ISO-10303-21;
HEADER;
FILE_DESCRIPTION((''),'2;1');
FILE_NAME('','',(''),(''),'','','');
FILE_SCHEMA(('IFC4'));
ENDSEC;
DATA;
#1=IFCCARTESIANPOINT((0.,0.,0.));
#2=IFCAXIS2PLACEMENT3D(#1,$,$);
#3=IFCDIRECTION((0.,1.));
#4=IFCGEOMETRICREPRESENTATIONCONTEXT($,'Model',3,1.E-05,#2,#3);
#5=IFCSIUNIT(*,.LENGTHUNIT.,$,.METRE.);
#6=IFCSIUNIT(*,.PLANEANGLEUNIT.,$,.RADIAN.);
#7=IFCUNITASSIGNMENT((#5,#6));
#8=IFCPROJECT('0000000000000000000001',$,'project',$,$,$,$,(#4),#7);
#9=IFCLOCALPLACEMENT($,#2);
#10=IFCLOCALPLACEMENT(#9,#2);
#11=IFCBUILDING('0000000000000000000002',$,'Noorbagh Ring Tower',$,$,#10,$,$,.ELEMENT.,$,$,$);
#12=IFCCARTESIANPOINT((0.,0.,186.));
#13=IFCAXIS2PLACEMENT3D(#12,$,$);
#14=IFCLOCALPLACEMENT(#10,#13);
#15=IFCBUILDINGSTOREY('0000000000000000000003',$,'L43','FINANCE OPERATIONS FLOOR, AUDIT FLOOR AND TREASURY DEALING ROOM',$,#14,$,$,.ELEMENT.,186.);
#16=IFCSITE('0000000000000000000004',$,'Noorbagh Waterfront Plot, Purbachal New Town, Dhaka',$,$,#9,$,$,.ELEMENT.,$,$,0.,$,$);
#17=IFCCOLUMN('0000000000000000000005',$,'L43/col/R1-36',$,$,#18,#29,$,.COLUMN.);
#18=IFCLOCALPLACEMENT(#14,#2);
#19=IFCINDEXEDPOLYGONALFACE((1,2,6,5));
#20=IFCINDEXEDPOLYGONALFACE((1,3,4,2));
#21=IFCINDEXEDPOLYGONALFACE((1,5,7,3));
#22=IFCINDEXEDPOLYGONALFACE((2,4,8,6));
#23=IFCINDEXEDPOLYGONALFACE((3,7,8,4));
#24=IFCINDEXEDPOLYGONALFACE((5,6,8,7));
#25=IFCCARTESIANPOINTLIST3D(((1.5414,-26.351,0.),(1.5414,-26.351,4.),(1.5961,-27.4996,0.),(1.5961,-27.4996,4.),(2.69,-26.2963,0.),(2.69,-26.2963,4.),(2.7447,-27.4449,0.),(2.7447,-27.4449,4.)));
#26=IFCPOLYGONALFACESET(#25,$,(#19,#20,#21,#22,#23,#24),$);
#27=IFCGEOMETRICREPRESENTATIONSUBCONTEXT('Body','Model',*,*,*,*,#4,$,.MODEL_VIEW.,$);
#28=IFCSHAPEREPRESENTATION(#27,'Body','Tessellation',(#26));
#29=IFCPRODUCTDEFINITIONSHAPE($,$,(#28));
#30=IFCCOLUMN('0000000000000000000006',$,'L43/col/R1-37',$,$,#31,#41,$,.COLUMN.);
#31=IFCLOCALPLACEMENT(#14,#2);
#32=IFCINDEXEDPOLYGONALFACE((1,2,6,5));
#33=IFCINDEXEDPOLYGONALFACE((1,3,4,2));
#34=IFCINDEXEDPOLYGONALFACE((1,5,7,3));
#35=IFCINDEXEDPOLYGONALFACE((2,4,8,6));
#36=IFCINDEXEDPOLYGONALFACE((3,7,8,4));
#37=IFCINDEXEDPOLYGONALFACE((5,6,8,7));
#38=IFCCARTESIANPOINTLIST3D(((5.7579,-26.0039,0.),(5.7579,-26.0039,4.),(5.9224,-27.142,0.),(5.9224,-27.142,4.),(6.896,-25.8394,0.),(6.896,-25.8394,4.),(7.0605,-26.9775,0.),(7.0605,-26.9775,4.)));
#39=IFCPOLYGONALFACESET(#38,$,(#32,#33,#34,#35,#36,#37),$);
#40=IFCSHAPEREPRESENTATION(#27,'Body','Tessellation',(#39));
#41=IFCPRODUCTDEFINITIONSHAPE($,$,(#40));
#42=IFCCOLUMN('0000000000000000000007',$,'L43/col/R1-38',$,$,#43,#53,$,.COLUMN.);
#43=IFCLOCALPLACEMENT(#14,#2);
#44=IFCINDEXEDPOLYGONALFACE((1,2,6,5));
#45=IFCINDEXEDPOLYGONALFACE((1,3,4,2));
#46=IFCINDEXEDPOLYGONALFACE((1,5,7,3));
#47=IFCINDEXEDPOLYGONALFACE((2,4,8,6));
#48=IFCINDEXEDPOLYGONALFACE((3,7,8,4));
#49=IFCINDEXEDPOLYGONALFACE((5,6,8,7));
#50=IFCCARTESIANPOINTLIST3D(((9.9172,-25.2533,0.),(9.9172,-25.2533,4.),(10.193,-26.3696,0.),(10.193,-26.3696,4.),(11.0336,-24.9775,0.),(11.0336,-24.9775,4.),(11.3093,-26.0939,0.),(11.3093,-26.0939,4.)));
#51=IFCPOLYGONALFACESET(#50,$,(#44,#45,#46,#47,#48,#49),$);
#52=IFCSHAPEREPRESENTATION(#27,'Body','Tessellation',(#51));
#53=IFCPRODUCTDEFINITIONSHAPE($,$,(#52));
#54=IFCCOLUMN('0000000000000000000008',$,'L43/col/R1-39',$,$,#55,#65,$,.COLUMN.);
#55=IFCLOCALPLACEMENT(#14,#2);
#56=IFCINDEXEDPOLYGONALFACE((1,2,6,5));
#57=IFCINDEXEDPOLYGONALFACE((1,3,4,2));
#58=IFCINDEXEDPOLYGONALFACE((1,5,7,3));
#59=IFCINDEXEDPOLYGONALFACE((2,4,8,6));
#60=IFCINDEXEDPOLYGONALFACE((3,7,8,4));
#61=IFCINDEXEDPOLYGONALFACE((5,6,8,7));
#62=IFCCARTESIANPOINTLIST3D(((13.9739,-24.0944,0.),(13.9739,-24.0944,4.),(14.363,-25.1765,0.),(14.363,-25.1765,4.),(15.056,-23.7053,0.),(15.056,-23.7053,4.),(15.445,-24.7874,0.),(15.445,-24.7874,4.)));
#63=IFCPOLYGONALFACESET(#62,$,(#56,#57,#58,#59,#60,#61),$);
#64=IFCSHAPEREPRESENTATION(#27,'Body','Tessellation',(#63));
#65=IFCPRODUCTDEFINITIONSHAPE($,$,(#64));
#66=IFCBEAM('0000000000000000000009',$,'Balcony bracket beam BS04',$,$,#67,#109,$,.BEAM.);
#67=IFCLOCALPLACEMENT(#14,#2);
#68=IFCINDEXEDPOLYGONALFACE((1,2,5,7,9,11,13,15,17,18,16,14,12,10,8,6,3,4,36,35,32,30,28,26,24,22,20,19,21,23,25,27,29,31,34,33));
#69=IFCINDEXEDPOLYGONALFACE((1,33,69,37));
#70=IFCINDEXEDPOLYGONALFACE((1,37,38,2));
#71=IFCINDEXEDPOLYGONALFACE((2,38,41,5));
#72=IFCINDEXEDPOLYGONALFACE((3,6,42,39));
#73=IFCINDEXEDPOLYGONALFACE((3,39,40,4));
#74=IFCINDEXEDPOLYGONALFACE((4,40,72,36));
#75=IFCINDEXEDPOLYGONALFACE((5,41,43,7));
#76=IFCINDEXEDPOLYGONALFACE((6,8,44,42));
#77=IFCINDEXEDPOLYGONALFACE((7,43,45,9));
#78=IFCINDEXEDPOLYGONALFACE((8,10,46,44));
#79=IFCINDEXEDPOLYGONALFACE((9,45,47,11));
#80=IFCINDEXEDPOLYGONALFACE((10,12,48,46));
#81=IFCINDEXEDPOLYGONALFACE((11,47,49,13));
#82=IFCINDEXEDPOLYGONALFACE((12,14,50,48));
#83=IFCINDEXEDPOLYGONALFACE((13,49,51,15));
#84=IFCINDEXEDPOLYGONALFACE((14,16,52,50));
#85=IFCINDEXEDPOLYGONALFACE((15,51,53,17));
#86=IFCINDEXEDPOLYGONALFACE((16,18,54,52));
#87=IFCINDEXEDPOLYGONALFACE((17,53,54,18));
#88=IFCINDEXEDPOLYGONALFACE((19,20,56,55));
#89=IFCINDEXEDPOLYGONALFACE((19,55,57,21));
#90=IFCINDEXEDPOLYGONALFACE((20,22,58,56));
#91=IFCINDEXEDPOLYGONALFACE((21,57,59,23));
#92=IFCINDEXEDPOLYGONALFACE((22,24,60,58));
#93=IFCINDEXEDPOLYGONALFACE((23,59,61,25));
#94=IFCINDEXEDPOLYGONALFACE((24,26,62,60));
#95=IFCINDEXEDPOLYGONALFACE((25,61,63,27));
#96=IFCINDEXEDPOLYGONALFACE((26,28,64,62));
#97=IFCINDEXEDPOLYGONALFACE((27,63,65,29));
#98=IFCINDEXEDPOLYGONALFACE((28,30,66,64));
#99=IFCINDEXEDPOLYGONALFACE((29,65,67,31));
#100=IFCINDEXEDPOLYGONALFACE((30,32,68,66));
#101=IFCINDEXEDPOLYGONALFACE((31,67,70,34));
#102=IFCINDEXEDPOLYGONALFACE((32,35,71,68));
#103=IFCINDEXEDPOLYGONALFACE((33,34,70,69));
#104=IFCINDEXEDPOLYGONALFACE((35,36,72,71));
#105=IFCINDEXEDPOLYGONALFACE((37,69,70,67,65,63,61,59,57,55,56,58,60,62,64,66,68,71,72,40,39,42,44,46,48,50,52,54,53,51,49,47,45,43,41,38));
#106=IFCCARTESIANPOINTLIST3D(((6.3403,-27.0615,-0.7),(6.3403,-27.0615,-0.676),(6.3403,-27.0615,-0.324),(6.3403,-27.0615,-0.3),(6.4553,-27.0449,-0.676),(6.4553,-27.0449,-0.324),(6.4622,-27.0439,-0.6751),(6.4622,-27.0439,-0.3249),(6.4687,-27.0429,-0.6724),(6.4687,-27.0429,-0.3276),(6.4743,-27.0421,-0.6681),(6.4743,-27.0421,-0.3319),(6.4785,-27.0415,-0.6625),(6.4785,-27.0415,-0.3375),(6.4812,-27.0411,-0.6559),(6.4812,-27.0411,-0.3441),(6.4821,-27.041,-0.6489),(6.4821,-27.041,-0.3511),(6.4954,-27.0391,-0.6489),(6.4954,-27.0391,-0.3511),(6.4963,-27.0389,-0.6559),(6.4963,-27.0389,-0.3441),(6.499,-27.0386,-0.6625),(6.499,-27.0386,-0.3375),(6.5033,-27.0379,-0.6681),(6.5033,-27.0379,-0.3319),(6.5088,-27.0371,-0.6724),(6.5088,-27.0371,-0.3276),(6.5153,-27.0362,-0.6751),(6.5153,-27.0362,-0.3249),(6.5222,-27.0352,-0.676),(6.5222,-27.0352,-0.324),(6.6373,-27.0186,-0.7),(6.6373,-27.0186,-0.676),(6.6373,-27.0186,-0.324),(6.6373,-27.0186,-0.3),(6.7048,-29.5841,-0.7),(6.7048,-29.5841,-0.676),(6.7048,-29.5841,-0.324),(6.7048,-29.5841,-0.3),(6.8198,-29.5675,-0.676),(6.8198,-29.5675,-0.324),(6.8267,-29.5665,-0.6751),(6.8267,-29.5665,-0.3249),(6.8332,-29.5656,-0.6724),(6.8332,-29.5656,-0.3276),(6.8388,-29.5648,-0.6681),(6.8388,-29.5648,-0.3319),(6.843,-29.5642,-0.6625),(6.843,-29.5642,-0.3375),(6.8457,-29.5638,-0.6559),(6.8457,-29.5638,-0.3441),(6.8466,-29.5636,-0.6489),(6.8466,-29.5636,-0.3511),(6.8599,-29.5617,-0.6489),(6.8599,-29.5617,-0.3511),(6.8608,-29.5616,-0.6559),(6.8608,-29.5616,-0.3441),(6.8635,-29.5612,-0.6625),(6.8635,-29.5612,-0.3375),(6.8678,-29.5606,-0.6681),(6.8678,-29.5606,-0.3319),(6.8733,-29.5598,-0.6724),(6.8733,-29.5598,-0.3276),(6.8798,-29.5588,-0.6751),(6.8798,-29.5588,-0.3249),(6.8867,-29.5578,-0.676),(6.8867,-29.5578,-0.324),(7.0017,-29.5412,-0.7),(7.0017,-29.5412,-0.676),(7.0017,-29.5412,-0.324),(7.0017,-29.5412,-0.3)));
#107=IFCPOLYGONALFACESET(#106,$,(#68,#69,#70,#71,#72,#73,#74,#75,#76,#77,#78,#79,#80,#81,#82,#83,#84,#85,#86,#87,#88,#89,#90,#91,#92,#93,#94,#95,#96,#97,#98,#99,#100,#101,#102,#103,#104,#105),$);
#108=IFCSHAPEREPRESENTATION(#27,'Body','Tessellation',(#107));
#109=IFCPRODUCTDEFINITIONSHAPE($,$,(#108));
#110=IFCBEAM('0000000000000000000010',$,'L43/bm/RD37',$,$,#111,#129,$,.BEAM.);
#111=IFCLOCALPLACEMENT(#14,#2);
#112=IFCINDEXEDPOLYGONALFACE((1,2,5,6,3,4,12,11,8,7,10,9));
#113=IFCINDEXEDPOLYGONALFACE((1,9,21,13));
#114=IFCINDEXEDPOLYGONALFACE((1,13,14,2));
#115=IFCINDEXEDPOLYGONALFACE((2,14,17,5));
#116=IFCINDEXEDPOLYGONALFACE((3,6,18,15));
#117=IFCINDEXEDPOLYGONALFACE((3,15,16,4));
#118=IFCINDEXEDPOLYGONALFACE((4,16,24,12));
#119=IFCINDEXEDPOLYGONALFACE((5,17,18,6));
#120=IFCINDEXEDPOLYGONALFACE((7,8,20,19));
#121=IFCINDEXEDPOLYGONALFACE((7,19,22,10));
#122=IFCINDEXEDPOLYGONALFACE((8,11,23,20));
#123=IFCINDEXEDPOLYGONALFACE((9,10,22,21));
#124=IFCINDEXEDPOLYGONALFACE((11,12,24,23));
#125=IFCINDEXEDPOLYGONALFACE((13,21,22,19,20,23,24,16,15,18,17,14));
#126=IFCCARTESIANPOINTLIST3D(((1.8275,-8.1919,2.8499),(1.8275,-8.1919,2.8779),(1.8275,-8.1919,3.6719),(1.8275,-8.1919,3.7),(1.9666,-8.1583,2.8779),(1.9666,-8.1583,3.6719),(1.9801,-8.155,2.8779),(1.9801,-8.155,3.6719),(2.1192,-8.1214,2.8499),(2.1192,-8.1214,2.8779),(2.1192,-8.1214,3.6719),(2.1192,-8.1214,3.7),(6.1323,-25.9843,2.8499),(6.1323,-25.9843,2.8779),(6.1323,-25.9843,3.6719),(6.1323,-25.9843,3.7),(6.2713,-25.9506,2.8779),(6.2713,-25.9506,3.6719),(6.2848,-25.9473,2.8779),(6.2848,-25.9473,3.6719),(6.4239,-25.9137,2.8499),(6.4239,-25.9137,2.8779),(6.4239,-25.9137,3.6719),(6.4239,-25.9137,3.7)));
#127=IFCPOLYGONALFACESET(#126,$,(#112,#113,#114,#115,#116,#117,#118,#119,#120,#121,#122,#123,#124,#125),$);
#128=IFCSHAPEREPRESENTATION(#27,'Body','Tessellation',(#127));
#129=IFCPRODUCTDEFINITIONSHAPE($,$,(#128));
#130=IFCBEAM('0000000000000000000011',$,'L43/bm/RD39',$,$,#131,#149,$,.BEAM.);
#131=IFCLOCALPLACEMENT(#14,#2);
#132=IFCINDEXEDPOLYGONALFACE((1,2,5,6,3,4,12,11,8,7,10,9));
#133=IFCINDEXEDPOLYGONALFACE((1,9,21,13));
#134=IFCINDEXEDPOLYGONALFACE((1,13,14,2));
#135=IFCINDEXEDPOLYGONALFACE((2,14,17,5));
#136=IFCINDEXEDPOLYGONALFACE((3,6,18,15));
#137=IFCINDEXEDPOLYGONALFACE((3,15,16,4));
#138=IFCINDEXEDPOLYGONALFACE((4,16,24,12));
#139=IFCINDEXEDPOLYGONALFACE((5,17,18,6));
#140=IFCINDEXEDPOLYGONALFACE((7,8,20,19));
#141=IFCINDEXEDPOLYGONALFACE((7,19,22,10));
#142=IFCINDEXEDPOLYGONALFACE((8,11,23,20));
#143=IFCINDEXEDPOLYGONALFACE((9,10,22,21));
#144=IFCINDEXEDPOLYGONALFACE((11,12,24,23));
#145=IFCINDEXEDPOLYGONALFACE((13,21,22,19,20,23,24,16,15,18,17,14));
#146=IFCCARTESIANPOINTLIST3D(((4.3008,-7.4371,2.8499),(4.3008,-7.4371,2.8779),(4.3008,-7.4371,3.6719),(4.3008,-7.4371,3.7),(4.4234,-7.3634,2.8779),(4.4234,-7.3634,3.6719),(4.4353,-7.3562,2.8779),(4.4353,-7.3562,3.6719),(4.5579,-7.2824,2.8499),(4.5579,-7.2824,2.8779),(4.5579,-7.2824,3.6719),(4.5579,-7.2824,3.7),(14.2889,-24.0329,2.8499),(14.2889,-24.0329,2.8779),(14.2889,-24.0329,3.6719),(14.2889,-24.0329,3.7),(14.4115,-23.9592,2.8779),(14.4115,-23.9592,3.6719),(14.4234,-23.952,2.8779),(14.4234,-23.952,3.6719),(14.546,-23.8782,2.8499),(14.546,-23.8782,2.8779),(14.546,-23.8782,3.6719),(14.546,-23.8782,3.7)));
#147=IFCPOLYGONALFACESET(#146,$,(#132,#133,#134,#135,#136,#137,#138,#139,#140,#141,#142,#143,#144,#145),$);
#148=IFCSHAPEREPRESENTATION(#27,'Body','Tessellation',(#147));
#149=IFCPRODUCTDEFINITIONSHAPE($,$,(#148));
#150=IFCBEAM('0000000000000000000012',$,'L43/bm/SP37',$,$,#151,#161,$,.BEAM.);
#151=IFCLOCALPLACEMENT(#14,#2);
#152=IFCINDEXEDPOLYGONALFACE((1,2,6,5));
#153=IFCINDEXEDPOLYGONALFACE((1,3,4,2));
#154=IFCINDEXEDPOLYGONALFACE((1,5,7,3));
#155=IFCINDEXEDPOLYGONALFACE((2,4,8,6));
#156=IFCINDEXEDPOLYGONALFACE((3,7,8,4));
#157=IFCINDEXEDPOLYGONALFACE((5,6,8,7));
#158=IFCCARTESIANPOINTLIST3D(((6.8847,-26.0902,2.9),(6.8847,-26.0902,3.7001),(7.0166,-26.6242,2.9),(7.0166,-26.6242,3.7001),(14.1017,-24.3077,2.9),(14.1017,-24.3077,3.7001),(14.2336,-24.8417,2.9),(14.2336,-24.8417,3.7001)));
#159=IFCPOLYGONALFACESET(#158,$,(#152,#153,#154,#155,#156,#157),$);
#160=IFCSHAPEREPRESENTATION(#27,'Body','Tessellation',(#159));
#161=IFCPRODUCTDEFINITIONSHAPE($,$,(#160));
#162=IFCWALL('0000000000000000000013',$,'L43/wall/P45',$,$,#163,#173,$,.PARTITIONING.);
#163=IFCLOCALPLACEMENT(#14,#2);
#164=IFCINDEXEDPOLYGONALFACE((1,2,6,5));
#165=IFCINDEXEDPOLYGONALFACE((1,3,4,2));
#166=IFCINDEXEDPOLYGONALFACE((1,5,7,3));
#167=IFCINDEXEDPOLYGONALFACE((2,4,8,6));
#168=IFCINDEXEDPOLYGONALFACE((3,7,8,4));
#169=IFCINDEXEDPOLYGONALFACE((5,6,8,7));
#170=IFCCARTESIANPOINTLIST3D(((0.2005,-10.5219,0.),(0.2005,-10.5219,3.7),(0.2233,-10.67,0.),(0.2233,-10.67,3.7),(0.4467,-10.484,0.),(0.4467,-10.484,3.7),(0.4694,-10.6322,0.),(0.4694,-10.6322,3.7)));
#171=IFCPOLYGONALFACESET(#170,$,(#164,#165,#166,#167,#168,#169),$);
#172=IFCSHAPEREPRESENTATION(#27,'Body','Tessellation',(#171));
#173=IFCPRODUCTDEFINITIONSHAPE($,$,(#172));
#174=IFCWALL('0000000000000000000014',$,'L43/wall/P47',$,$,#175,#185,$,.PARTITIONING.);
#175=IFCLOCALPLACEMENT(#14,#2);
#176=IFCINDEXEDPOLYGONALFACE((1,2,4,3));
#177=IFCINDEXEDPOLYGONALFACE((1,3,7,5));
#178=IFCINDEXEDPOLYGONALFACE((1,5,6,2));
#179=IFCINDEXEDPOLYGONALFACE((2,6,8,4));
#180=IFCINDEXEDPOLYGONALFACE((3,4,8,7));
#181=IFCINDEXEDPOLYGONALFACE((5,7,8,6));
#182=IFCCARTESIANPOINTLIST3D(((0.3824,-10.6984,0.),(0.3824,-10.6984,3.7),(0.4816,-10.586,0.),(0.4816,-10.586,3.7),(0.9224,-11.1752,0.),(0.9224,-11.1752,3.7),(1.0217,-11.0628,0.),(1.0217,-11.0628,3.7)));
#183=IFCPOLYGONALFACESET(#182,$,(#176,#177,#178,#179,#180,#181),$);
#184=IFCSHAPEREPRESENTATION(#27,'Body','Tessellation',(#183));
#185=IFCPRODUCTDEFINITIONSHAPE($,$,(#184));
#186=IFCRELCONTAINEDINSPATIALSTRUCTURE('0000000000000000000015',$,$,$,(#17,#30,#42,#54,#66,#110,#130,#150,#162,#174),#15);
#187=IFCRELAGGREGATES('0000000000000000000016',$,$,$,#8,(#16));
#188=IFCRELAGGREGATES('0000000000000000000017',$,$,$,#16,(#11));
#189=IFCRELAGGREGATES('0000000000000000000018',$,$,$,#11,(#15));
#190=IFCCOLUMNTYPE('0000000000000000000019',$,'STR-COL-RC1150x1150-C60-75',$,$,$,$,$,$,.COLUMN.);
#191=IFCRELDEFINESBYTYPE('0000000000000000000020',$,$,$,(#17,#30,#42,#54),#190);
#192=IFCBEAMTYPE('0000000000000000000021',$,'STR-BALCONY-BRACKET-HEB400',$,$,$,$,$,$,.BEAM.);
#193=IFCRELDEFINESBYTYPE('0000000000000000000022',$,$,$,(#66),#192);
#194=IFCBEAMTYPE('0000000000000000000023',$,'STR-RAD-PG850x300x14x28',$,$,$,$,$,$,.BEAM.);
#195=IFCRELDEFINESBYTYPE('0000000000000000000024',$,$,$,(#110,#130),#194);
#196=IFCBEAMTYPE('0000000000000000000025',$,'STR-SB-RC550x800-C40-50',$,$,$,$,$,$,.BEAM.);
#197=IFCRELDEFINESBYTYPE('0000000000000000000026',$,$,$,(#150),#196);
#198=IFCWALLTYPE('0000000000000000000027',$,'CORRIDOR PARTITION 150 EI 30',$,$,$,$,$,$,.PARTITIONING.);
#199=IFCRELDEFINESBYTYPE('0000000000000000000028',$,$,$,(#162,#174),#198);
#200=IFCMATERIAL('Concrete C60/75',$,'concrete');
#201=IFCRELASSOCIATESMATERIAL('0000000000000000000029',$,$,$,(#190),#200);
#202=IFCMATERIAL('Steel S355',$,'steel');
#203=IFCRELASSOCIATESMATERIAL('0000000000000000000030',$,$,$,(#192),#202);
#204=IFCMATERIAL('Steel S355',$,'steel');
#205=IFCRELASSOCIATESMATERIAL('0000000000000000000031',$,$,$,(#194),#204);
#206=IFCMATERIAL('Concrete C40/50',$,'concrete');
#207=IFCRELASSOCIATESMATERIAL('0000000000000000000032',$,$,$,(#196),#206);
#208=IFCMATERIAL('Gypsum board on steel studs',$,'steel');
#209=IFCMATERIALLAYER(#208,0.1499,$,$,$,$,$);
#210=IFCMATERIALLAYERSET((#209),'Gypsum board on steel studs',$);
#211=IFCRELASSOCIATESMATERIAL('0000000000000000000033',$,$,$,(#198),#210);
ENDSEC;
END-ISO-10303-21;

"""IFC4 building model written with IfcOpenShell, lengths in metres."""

from ifc_helpers import new_model, si_unit, direction, frame, frame_2d, origin, origin_2d, place, context, subcontext, project, spatial, rectangle, i_section, extrude, material, layer, layer_set, material_profile, profile_set, type_object, element, save


model = new_model("IFC4")

# Units and contexts
model_context = context("Model", 3, precision=1e-05, world=origin(), true_north=direction((0.0, 1.0)))
body_context = subcontext(model_context, "Body", "Model", "MODEL_VIEW")
ifc_project = project(units=[si_unit("LENGTHUNIT", "METRE"), si_unit("PLANEANGLEUNIT", "RADIAN")], contexts=[model_context])

# Site, building, storey
site_placement = place(None, origin())
site = spatial("IfcSite", under=ifc_project, at=site_placement, Name="Noorbagh Waterfront Plot, Purbachal New Town, Dhaka", CompositionType="ELEMENT", RefElevation=0.0)
building_placement = place(site_placement, origin())
building = spatial("IfcBuilding", under=site, at=building_placement, Name="Noorbagh Ring Tower", CompositionType="ELEMENT")
storey_placement = place(building_placement, frame((0.0, 0.0, 186.0)))
storey = spatial("IfcBuildingStorey", under=building, at=storey_placement, Name="L43", Description="FINANCE OPERATIONS FLOOR, AUDIT FLOOR AND TREASURY DEALING ROOM", CompositionType="ELEMENT", Elevation=186.0)

# Columns
ifc_material_1 = material(Name="Concrete C60/75", Category="concrete")
ifc_material_profile_1 = material_profile(ifc_material_1, rectangle(XDim=1.1499, YDim=1.1499, at=origin_2d()), Name="RC1150x1150")
ifc_profile_set_1 = profile_set([ifc_material_profile_1], Name="Concrete C60/75")
column_type = type_object("IfcColumnType", Name="STR-COL-RC1150x1150-C60-75", PredefinedType="COLUMN", material=ifc_profile_set_1)
for number, where, z_axis, x_axis, name in (
    (1, (2.1431, -26.8979, 0.0), (0.0, 0.0, 1.0), (0.998869, 0.047553, 0.0), "L43/col/R1-36"),
    (2, (6.4092, -26.4907, 0.0), (0.0, 0.0, 1.0), (0.989713, 0.143066, 0.0), "L43/col/R1-37"),
    (3, (10.6133, -25.6736, 0.0), (0.0, 0.0, 1.0), (0.970829, 0.239771, 0.0), "L43/col/R1-38"),
    (4, (14.7095, -24.4409, 0.0), (0.0, 0.0, 1.0), (0.941025, 0.338338, 0.0), "L43/col/R1-39"),
):
    element("IfcColumn", number, at=place(storey_placement, frame(where, z_axis=z_axis, x_axis=x_axis)), inside=storey, type_object=column_type, Name=name, PredefinedType="COLUMN", context=body_context, shape_type="SweptSolid", body=[
        extrude(rectangle(XDim=1.1499, YDim=1.1499, at=origin_2d()), origin(), (0.0, 0.0, 1.0), 4.0),
    ])

# Beams
ifc_material_2 = material(Name="Steel S355", Category="steel")
ifc_material_profile_2 = material_profile(ifc_material_2, i_section(OverallWidth=0.3, OverallDepth=0.3999, WebThickness=0.0134, FlangeThickness=0.0239, FilletRadius=0.0271, at=origin_2d()), Name="HEB400")
ifc_profile_set_2 = profile_set([ifc_material_profile_2], Name="Steel S355")
beam_type_1 = type_object("IfcBeamType", Name="STR-BALCONY-BRACKET-HEB400", PredefinedType="BEAM", material=ifc_profile_set_2)
beam_1_placement = place(storey_placement, frame((6.4888, -27.04, -0.5), z_axis=(0.143004, -0.989722, 0.0), x_axis=(0.989722, 0.143004, 0.0)))
element("IfcBeam", 5, at=beam_1_placement, inside=storey, type_object=beam_type_1, Name="Balcony bracket beam BS04", PredefinedType="BEAM", context=body_context, shape_type="SweptSolid", body=[
    extrude(i_section(OverallWidth=0.3, OverallDepth=0.3999, WebThickness=0.0134, FlangeThickness=0.0239, FilletRadius=0.0271, at=origin_2d()), origin(), (0.0, 0.0, 1.0), 2.5488),
])
ifc_material_3 = material(Name="Steel S355", Category="steel")
ifc_material_profile_3 = material_profile(ifc_material_3, i_section(OverallWidth=0.3, OverallDepth=0.8501, WebThickness=0.0139, FlangeThickness=0.0281, at=origin_2d()), Name="PG850x300x14x28")
ifc_profile_set_3 = profile_set([ifc_material_profile_3], Name="Steel S355")
beam_type_2 = type_object("IfcBeamType", Name="STR-RAD-PG850x300x14x28", PredefinedType="BEAM", material=ifc_profile_set_3)
beam_2_placement = place(storey_placement, frame((6.2781, -25.949, 3.2749), z_axis=(-0.235157, 0.971957, 0.0), x_axis=(-0.971957, -0.235157, 0.0)))
element("IfcBeam", 6, at=beam_2_placement, inside=storey, type_object=beam_type_2, Name="L43/bm/RD37", PredefinedType="BEAM", context=body_context, shape_type="SweptSolid", body=[
    extrude(i_section(OverallWidth=0.3, OverallDepth=0.8501, WebThickness=0.0139, FlangeThickness=0.0281, at=origin_2d()), origin(), (0.0, 0.0, 1.0), 18.3057),
])
beam_3_placement = place(storey_placement, frame((14.4175, -23.9556, 3.2749), z_axis=(-0.515657, 0.856795, 0.0), x_axis=(-0.856795, -0.515657, 0.0)))
element("IfcBeam", 7, at=beam_3_placement, inside=storey, type_object=beam_type_2, Name="L43/bm/RD39", PredefinedType="BEAM", context=body_context, shape_type="SweptSolid", body=[
    extrude(i_section(OverallWidth=0.3, OverallDepth=0.8501, WebThickness=0.0139, FlangeThickness=0.0281, at=origin_2d()), origin(), (0.0, 0.0, 1.0), 19.3696),
])
ifc_material_4 = material(Name="Concrete C40/50", Category="concrete")
ifc_material_profile_4 = material_profile(ifc_material_4, rectangle(XDim=0.55, YDim=0.8, at=origin_2d()), Name="RC550x800")
ifc_profile_set_4 = profile_set([ifc_material_profile_4], Name="Concrete C40/50")
beam_type_3 = type_object("IfcBeamType", Name="STR-SB-RC550x800-C40-50", PredefinedType="BEAM", material=ifc_profile_set_4)
beam_4_placement = place(storey_placement, frame((6.9507, -26.3572, 3.3), z_axis=(0.970828, 0.239776, 0.0), x_axis=(-0.239776, 0.970828, 0.0)))
element("IfcBeam", 8, at=beam_4_placement, inside=storey, type_object=beam_type_3, Name="L43/bm/SP37", PredefinedType="BEAM", context=body_context, shape_type="SweptSolid", body=[
    extrude(rectangle(XDim=0.55, YDim=0.8, at=origin_2d()), origin(), (0.0, 0.0, 1.0), 7.4338),
])

# Walls
ifc_material_5 = material(Name="Gypsum board on steel studs", Category="steel")
ifc_layer_1 = layer(ifc_material_5, 0.1499)
ifc_layer_set_1 = layer_set([ifc_layer_1], Name="Gypsum board on steel studs")
wall_type_1 = type_object("IfcWallType", Name="CORRIDOR PARTITION 150 EI 30", PredefinedType="PARTITIONING", material=ifc_layer_set_1)
wall_1_placement = place(storey_placement, frame((0.2119, -10.5959, 0.0), z_axis=(0.0, 0.0, 1.0), x_axis=(0.988383, 0.151984, 0.0)))
element("IfcWall", 9, at=wall_1_placement, inside=storey, type_object=wall_type_1, Name="L43/wall/P45", PredefinedType="PARTITIONING", context=body_context, shape_type="SweptSolid", body=[
    extrude(rectangle(XDim=0.249, YDim=0.1499, at=frame_2d((0.1245, 0.0))), origin(), (0.0, 0.0, 1.0), 3.7),
])
wall_2_placement = place(storey_placement, frame((0.4319, -10.6421, 0.0), z_axis=(0.0, 0.0, 1.0), x_axis=(0.74963, -0.661857, 0.0)))
element("IfcWall", 10, at=wall_2_placement, inside=storey, type_object=wall_type_1, Name="L43/wall/P47", PredefinedType="PARTITIONING", context=body_context, shape_type="SweptSolid", body=[
    extrude(rectangle(XDim=0.7205, YDim=0.1499, at=frame_2d((0.3604, 0.0))), origin(), (0.0, 0.0, 1.0), 3.7),
])

save(model, "model.ifc")
